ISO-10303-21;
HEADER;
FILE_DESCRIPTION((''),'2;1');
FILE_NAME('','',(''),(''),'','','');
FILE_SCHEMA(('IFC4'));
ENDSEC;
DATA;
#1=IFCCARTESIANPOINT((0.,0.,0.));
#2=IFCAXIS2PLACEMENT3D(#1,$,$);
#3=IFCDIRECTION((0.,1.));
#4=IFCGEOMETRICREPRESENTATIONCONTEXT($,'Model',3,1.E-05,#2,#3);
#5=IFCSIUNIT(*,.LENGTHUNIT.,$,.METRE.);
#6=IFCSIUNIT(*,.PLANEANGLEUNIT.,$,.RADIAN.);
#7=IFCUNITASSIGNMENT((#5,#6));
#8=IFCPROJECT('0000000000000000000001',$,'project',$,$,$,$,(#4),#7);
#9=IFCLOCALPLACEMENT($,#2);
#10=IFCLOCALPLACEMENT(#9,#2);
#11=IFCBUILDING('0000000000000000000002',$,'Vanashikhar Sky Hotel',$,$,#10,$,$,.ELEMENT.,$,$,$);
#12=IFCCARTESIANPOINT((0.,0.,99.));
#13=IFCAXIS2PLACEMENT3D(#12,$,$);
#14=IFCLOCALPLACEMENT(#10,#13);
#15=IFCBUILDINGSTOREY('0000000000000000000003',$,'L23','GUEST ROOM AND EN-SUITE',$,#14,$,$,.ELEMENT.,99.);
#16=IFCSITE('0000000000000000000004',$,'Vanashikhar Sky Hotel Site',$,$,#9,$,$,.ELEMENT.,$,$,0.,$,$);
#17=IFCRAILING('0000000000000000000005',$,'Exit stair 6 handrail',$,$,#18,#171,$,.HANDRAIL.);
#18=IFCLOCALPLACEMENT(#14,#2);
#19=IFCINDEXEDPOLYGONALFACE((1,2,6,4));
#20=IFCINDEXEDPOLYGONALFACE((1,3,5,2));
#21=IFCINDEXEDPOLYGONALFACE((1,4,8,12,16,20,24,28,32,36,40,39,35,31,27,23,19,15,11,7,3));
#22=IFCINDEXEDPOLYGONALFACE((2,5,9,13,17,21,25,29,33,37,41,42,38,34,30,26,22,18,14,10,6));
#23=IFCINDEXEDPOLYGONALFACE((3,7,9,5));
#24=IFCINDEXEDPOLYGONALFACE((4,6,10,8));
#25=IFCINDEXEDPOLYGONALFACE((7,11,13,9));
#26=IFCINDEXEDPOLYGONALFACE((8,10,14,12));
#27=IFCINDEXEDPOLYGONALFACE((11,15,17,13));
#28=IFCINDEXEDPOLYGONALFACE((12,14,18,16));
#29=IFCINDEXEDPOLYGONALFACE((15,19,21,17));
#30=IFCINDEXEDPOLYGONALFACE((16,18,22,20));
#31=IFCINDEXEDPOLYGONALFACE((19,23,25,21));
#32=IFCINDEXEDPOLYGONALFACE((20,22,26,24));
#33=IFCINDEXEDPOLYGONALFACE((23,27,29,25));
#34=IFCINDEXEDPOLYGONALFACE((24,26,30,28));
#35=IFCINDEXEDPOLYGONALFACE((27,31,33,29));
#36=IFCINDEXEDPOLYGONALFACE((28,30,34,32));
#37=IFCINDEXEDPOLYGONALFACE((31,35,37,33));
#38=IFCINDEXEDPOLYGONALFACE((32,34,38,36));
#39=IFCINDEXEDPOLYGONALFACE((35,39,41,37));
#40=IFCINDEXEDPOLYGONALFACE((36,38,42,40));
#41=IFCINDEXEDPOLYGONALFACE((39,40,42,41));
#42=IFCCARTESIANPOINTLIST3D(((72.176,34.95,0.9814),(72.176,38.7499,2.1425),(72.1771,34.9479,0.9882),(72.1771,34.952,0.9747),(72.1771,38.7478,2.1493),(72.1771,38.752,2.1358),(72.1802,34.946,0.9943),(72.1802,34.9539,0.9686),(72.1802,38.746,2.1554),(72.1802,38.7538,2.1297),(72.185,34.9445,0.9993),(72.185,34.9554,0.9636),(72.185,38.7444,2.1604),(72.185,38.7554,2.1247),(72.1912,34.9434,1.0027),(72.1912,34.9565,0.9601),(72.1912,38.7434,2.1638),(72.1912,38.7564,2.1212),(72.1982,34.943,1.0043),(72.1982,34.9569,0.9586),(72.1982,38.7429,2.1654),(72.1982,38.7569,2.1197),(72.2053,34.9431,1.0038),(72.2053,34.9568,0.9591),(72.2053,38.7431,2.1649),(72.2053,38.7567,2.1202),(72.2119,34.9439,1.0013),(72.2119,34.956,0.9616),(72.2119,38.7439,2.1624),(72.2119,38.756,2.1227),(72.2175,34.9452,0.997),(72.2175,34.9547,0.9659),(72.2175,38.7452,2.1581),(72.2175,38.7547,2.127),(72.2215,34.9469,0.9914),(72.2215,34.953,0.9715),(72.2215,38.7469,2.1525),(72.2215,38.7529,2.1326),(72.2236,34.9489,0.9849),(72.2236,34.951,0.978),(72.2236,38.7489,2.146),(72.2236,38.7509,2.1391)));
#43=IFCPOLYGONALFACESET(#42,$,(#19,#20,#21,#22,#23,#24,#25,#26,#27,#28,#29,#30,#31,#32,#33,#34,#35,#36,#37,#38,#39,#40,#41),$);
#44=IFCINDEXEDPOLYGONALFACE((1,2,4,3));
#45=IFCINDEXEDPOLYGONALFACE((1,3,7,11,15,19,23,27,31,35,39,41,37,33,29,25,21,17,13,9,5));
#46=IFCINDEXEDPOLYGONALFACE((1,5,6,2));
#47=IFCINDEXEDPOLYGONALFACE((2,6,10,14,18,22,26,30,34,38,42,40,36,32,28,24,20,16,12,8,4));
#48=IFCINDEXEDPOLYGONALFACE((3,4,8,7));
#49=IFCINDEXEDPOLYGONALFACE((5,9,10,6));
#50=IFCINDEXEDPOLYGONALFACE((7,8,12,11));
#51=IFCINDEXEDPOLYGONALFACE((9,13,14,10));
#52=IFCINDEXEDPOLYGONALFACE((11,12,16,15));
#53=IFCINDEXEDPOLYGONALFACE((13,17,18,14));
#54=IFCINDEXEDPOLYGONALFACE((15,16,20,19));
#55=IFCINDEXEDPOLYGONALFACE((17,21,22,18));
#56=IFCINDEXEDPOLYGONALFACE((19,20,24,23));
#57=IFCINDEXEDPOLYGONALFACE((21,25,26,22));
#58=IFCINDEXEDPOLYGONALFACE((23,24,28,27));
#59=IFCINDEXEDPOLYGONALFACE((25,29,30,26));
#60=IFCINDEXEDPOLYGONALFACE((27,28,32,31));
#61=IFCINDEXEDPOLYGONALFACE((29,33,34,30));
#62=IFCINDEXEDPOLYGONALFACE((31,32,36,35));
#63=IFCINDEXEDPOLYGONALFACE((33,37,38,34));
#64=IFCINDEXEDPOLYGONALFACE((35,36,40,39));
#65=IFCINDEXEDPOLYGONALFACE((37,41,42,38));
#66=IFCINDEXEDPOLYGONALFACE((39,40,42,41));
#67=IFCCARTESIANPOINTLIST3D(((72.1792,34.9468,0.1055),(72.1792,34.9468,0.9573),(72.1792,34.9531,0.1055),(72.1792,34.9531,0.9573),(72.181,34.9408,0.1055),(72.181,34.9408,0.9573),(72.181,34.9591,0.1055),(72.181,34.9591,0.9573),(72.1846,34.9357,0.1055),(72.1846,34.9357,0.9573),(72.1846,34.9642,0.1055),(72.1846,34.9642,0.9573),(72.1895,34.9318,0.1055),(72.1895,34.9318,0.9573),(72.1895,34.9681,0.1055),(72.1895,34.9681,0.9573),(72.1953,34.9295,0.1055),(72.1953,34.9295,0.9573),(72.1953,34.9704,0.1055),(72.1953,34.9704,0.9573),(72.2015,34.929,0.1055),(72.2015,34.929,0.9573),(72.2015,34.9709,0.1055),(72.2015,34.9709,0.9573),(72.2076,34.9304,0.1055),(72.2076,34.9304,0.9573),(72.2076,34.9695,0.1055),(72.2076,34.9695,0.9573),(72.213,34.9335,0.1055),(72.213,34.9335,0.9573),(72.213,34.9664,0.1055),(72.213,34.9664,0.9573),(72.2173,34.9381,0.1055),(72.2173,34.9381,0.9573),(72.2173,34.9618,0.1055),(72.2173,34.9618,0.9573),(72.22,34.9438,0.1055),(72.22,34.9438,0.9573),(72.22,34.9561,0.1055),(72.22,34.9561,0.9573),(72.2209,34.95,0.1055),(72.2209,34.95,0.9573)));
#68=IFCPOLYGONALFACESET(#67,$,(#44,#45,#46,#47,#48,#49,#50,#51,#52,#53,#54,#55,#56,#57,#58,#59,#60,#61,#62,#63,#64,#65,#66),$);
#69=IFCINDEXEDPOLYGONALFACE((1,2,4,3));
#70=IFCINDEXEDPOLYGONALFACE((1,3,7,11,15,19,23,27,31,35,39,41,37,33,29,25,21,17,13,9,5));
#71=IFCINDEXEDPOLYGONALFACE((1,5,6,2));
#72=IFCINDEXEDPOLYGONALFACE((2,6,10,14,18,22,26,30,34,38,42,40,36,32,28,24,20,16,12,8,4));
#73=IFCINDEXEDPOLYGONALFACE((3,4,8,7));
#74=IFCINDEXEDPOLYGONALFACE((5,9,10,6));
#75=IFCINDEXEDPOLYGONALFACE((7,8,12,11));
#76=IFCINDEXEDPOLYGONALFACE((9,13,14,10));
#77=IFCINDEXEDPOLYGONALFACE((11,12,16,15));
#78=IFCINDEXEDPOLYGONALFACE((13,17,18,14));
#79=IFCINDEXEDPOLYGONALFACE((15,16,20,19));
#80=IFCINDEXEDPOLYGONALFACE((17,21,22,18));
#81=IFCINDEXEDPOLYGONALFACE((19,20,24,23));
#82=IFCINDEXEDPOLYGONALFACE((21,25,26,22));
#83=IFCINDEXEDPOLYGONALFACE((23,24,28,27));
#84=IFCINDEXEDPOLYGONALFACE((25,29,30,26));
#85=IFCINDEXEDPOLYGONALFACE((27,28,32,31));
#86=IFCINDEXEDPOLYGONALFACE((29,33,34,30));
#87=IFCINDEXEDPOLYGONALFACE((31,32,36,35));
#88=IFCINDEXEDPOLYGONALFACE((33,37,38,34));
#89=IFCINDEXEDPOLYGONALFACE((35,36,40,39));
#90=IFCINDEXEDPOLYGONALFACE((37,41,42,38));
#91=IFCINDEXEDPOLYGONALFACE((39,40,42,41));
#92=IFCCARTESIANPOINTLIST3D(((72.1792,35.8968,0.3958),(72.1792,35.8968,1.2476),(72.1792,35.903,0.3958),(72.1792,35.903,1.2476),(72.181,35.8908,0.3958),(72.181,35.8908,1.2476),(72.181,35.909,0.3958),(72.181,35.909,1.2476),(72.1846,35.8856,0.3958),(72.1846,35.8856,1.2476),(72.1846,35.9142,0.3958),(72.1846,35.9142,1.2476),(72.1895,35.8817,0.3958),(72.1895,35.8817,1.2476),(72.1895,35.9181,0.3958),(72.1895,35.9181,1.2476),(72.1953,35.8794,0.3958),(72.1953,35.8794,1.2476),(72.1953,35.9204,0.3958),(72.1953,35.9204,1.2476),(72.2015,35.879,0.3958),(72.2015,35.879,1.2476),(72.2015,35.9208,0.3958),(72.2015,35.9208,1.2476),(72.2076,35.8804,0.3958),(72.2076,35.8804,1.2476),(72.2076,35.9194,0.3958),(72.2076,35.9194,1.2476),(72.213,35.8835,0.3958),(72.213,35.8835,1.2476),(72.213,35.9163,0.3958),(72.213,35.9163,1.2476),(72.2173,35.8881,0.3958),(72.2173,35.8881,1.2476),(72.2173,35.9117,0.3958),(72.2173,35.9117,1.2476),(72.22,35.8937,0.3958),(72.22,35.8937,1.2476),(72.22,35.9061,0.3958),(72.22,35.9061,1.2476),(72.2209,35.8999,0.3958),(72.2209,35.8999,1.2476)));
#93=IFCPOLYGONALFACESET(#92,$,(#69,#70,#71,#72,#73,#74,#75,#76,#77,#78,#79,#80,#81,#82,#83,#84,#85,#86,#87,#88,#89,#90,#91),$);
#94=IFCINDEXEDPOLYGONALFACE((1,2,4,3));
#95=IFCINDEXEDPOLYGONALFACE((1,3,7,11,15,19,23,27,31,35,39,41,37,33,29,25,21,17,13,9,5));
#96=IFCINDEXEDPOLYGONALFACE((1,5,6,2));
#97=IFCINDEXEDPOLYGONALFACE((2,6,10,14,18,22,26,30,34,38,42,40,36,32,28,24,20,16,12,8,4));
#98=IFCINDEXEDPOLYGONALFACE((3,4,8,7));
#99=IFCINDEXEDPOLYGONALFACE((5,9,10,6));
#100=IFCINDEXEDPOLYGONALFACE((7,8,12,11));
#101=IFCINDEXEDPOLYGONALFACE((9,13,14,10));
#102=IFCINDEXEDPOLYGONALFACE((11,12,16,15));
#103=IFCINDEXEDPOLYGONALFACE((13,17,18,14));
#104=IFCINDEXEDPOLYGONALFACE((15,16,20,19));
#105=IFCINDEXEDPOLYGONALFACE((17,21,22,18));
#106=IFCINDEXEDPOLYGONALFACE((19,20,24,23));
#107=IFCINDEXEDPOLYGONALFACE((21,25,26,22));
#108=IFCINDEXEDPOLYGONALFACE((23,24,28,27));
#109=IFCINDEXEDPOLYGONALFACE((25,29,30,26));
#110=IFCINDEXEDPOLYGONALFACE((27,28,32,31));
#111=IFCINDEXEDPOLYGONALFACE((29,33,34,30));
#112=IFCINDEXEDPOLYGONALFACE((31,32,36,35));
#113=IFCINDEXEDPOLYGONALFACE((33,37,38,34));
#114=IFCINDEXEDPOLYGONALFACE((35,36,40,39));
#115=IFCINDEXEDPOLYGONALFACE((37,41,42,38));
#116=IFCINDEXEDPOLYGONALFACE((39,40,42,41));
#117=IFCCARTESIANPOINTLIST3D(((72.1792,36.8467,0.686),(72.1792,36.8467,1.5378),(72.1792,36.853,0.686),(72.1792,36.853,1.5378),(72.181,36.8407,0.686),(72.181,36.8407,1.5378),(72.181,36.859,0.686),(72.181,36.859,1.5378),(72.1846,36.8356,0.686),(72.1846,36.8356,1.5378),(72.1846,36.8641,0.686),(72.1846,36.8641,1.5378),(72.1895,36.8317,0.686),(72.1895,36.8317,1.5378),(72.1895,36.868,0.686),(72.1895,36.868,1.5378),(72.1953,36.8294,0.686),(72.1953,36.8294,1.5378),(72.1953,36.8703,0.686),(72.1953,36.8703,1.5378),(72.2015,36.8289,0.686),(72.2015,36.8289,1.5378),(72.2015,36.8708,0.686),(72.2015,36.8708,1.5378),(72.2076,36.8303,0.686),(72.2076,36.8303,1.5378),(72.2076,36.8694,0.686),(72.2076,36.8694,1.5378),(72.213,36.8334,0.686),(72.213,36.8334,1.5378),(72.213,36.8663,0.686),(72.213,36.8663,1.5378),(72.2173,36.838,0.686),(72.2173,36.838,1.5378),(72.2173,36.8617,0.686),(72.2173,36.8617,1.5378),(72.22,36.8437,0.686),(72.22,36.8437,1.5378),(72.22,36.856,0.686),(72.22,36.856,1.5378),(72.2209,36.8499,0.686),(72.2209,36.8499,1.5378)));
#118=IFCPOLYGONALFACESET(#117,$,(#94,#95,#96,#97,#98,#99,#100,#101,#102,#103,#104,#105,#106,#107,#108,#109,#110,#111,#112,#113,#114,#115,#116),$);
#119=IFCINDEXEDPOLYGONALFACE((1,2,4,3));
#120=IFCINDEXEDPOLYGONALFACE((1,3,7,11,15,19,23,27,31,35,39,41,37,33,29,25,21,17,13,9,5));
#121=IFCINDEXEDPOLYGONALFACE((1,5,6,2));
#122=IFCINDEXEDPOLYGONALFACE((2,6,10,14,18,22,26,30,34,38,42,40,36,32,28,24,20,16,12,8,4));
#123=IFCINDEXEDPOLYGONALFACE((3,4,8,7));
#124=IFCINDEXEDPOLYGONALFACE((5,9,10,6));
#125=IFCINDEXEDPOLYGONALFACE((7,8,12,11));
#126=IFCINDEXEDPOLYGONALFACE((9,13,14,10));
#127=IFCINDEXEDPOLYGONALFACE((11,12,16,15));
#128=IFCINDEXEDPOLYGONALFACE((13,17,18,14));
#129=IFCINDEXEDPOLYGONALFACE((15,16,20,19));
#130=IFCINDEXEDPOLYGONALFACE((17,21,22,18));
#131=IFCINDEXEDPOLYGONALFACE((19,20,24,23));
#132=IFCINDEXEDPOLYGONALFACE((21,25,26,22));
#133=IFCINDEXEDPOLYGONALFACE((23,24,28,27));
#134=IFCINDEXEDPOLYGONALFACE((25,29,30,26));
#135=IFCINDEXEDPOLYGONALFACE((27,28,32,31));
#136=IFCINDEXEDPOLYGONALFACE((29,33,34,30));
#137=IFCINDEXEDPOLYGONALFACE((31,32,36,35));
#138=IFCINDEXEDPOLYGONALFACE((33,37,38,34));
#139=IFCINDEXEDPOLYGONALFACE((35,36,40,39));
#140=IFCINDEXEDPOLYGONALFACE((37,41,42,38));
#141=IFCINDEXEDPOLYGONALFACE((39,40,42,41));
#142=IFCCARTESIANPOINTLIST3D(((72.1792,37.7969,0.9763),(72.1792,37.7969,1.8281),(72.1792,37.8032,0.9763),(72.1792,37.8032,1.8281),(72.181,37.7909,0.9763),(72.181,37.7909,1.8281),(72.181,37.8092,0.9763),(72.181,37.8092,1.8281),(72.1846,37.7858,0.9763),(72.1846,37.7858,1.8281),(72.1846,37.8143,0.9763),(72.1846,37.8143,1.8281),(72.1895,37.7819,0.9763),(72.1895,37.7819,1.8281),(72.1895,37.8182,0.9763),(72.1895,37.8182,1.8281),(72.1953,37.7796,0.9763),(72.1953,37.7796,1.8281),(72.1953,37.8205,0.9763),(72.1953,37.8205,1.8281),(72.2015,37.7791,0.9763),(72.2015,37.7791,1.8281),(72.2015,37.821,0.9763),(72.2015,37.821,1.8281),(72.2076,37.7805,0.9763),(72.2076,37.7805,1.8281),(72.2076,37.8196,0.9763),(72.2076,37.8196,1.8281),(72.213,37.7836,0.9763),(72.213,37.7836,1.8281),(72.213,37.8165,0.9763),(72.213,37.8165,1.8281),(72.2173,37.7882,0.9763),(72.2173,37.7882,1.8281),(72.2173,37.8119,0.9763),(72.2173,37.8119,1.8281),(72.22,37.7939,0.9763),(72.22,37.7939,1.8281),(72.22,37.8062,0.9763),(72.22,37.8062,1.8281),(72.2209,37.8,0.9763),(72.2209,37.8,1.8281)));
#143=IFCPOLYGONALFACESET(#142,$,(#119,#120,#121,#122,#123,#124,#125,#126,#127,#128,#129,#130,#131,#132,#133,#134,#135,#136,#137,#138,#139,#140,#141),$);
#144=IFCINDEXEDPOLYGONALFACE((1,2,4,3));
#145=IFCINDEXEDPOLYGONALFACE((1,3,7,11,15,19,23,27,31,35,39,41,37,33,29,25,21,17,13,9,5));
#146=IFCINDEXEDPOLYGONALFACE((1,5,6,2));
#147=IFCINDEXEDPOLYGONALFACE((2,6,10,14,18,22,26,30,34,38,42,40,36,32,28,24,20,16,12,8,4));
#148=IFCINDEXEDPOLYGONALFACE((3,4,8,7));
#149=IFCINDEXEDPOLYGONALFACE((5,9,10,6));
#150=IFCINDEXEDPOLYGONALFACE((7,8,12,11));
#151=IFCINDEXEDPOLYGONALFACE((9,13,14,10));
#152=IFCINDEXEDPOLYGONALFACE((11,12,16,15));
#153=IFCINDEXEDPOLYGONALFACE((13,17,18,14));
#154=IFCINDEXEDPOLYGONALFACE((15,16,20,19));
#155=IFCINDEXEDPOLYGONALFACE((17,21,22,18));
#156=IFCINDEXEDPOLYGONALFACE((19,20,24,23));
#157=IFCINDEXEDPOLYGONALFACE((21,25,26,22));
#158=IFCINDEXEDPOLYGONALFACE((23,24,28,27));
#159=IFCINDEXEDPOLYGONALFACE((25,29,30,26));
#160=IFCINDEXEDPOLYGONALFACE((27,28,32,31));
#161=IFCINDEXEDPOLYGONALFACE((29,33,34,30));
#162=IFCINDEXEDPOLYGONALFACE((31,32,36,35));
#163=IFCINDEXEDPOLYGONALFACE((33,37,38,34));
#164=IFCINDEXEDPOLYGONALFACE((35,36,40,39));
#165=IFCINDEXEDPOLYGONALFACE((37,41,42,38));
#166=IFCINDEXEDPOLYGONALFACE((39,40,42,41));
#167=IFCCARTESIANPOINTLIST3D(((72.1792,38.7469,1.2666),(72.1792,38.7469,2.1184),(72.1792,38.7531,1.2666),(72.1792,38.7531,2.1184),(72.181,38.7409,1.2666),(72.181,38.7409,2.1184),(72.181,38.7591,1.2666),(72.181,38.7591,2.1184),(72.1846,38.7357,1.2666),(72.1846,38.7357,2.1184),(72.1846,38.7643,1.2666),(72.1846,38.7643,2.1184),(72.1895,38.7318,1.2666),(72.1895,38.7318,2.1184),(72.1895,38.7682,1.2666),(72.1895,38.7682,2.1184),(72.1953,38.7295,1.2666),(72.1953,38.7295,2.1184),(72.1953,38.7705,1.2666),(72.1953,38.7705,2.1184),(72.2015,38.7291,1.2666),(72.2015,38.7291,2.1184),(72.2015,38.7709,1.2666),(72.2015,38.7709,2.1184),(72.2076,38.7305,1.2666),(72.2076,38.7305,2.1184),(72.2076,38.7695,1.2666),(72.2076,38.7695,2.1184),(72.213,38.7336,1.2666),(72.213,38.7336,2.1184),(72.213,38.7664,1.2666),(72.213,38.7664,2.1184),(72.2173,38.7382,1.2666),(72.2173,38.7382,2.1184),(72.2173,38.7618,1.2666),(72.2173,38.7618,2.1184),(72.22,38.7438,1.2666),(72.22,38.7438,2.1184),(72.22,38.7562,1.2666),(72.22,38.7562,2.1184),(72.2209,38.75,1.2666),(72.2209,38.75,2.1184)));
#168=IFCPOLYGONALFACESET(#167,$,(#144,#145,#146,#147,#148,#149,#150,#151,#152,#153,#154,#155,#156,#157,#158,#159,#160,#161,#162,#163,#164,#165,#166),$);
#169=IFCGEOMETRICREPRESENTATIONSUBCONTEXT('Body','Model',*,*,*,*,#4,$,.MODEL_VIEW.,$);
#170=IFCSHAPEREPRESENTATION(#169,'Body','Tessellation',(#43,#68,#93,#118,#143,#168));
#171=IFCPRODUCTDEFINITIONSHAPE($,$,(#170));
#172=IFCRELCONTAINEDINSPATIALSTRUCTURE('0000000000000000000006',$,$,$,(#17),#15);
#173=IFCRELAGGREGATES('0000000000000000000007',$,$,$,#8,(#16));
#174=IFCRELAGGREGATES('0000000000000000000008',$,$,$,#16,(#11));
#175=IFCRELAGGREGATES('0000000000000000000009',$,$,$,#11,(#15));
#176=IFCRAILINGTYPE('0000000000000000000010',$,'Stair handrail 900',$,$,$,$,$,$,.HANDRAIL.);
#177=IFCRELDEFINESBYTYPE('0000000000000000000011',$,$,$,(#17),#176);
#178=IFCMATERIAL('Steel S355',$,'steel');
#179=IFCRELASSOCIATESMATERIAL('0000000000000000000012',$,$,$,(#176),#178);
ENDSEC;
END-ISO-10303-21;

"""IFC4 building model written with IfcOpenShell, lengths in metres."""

from ifc_helpers import new_model, si_unit, direction, frame, origin, origin_2d, place, context, subcontext, project, spatial, circle, extrude, source, transform, mapped, material, type_object, element, save


model = new_model("IFC4")

# Units and contexts
model_context = context("Model", 3, precision=1e-05, world=origin(), true_north=direction((0.0, 1.0)))
body_context = subcontext(model_context, "Body", "Model", "MODEL_VIEW")
ifc_project = project(units=[si_unit("LENGTHUNIT", "METRE"), si_unit("PLANEANGLEUNIT", "RADIAN")], contexts=[model_context])

# Site, building, storey
site_placement = place(None, origin())
site = spatial("IfcSite", under=ifc_project, at=site_placement, Name="Vanashikhar Sky Hotel Site", CompositionType="ELEMENT", RefElevation=0.0)
building_placement = place(site_placement, origin())
building = spatial("IfcBuilding", under=site, at=building_placement, Name="Vanashikhar Sky Hotel", CompositionType="ELEMENT")
storey_placement = place(building_placement, frame((0.0, 0.0, 99.0)))
storey = spatial("IfcBuildingStorey", under=building, at=storey_placement, Name="L23", Description="GUEST ROOM AND EN-SUITE", CompositionType="ELEMENT", Elevation=99.0)

# Railing
ifc_material_1 = material(Name="Steel S355", Category="steel")
railing_type_1 = type_object("IfcRailingType", Name="Stair handrail 900", PredefinedType="HANDRAIL", material=ifc_material_1)
shared_shape_1 = source(origin(), body_context, "Body", "SweptSolid", [
    extrude(circle(Radius=0.0239, at=origin_2d()), frame((0.0, 0.0, 0.876), z_axis=(0.0, 0.956351, 0.29222), x_axis=(-1.0, 0.0, 0.0)), (0.0, 0.0, 1.0), 3.9734),
    extrude(circle(Radius=0.021, at=origin_2d()), origin(), (0.0, 0.0, 1.0), 0.8518),
    extrude(circle(Radius=0.021, at=origin_2d()), frame((0.0, 0.95, 0.2903)), (0.0, 0.0, 1.0), 0.8518),
    extrude(circle(Radius=0.021, at=origin_2d()), frame((0.0, 1.8999, 0.5806)), (0.0, 0.0, 1.0), 0.8518),
    extrude(circle(Radius=0.021, at=origin_2d()), frame((0.0, 2.8501, 0.8708)), (0.0, 0.0, 1.0), 0.8518),
    extrude(circle(Radius=0.021, at=origin_2d()), frame((0.0, 3.8, 1.1611)), (0.0, 0.0, 1.0), 0.8518),
])
for number, where, name in (
    (1, (72.2, 34.95, 0.1055), "Exit stair 6 handrail"),
):
    element("IfcRailing", number, at=place(storey_placement, frame(where)), inside=storey, type_object=railing_type_1, Name=name, PredefinedType="HANDRAIL", context=body_context, shape_type="MappedRepresentation", body=[
        mapped(shared_shape_1, transform((0.0, 0.0, 0.0), scale=1.0)),
    ])

save(model, "model.ifc")
